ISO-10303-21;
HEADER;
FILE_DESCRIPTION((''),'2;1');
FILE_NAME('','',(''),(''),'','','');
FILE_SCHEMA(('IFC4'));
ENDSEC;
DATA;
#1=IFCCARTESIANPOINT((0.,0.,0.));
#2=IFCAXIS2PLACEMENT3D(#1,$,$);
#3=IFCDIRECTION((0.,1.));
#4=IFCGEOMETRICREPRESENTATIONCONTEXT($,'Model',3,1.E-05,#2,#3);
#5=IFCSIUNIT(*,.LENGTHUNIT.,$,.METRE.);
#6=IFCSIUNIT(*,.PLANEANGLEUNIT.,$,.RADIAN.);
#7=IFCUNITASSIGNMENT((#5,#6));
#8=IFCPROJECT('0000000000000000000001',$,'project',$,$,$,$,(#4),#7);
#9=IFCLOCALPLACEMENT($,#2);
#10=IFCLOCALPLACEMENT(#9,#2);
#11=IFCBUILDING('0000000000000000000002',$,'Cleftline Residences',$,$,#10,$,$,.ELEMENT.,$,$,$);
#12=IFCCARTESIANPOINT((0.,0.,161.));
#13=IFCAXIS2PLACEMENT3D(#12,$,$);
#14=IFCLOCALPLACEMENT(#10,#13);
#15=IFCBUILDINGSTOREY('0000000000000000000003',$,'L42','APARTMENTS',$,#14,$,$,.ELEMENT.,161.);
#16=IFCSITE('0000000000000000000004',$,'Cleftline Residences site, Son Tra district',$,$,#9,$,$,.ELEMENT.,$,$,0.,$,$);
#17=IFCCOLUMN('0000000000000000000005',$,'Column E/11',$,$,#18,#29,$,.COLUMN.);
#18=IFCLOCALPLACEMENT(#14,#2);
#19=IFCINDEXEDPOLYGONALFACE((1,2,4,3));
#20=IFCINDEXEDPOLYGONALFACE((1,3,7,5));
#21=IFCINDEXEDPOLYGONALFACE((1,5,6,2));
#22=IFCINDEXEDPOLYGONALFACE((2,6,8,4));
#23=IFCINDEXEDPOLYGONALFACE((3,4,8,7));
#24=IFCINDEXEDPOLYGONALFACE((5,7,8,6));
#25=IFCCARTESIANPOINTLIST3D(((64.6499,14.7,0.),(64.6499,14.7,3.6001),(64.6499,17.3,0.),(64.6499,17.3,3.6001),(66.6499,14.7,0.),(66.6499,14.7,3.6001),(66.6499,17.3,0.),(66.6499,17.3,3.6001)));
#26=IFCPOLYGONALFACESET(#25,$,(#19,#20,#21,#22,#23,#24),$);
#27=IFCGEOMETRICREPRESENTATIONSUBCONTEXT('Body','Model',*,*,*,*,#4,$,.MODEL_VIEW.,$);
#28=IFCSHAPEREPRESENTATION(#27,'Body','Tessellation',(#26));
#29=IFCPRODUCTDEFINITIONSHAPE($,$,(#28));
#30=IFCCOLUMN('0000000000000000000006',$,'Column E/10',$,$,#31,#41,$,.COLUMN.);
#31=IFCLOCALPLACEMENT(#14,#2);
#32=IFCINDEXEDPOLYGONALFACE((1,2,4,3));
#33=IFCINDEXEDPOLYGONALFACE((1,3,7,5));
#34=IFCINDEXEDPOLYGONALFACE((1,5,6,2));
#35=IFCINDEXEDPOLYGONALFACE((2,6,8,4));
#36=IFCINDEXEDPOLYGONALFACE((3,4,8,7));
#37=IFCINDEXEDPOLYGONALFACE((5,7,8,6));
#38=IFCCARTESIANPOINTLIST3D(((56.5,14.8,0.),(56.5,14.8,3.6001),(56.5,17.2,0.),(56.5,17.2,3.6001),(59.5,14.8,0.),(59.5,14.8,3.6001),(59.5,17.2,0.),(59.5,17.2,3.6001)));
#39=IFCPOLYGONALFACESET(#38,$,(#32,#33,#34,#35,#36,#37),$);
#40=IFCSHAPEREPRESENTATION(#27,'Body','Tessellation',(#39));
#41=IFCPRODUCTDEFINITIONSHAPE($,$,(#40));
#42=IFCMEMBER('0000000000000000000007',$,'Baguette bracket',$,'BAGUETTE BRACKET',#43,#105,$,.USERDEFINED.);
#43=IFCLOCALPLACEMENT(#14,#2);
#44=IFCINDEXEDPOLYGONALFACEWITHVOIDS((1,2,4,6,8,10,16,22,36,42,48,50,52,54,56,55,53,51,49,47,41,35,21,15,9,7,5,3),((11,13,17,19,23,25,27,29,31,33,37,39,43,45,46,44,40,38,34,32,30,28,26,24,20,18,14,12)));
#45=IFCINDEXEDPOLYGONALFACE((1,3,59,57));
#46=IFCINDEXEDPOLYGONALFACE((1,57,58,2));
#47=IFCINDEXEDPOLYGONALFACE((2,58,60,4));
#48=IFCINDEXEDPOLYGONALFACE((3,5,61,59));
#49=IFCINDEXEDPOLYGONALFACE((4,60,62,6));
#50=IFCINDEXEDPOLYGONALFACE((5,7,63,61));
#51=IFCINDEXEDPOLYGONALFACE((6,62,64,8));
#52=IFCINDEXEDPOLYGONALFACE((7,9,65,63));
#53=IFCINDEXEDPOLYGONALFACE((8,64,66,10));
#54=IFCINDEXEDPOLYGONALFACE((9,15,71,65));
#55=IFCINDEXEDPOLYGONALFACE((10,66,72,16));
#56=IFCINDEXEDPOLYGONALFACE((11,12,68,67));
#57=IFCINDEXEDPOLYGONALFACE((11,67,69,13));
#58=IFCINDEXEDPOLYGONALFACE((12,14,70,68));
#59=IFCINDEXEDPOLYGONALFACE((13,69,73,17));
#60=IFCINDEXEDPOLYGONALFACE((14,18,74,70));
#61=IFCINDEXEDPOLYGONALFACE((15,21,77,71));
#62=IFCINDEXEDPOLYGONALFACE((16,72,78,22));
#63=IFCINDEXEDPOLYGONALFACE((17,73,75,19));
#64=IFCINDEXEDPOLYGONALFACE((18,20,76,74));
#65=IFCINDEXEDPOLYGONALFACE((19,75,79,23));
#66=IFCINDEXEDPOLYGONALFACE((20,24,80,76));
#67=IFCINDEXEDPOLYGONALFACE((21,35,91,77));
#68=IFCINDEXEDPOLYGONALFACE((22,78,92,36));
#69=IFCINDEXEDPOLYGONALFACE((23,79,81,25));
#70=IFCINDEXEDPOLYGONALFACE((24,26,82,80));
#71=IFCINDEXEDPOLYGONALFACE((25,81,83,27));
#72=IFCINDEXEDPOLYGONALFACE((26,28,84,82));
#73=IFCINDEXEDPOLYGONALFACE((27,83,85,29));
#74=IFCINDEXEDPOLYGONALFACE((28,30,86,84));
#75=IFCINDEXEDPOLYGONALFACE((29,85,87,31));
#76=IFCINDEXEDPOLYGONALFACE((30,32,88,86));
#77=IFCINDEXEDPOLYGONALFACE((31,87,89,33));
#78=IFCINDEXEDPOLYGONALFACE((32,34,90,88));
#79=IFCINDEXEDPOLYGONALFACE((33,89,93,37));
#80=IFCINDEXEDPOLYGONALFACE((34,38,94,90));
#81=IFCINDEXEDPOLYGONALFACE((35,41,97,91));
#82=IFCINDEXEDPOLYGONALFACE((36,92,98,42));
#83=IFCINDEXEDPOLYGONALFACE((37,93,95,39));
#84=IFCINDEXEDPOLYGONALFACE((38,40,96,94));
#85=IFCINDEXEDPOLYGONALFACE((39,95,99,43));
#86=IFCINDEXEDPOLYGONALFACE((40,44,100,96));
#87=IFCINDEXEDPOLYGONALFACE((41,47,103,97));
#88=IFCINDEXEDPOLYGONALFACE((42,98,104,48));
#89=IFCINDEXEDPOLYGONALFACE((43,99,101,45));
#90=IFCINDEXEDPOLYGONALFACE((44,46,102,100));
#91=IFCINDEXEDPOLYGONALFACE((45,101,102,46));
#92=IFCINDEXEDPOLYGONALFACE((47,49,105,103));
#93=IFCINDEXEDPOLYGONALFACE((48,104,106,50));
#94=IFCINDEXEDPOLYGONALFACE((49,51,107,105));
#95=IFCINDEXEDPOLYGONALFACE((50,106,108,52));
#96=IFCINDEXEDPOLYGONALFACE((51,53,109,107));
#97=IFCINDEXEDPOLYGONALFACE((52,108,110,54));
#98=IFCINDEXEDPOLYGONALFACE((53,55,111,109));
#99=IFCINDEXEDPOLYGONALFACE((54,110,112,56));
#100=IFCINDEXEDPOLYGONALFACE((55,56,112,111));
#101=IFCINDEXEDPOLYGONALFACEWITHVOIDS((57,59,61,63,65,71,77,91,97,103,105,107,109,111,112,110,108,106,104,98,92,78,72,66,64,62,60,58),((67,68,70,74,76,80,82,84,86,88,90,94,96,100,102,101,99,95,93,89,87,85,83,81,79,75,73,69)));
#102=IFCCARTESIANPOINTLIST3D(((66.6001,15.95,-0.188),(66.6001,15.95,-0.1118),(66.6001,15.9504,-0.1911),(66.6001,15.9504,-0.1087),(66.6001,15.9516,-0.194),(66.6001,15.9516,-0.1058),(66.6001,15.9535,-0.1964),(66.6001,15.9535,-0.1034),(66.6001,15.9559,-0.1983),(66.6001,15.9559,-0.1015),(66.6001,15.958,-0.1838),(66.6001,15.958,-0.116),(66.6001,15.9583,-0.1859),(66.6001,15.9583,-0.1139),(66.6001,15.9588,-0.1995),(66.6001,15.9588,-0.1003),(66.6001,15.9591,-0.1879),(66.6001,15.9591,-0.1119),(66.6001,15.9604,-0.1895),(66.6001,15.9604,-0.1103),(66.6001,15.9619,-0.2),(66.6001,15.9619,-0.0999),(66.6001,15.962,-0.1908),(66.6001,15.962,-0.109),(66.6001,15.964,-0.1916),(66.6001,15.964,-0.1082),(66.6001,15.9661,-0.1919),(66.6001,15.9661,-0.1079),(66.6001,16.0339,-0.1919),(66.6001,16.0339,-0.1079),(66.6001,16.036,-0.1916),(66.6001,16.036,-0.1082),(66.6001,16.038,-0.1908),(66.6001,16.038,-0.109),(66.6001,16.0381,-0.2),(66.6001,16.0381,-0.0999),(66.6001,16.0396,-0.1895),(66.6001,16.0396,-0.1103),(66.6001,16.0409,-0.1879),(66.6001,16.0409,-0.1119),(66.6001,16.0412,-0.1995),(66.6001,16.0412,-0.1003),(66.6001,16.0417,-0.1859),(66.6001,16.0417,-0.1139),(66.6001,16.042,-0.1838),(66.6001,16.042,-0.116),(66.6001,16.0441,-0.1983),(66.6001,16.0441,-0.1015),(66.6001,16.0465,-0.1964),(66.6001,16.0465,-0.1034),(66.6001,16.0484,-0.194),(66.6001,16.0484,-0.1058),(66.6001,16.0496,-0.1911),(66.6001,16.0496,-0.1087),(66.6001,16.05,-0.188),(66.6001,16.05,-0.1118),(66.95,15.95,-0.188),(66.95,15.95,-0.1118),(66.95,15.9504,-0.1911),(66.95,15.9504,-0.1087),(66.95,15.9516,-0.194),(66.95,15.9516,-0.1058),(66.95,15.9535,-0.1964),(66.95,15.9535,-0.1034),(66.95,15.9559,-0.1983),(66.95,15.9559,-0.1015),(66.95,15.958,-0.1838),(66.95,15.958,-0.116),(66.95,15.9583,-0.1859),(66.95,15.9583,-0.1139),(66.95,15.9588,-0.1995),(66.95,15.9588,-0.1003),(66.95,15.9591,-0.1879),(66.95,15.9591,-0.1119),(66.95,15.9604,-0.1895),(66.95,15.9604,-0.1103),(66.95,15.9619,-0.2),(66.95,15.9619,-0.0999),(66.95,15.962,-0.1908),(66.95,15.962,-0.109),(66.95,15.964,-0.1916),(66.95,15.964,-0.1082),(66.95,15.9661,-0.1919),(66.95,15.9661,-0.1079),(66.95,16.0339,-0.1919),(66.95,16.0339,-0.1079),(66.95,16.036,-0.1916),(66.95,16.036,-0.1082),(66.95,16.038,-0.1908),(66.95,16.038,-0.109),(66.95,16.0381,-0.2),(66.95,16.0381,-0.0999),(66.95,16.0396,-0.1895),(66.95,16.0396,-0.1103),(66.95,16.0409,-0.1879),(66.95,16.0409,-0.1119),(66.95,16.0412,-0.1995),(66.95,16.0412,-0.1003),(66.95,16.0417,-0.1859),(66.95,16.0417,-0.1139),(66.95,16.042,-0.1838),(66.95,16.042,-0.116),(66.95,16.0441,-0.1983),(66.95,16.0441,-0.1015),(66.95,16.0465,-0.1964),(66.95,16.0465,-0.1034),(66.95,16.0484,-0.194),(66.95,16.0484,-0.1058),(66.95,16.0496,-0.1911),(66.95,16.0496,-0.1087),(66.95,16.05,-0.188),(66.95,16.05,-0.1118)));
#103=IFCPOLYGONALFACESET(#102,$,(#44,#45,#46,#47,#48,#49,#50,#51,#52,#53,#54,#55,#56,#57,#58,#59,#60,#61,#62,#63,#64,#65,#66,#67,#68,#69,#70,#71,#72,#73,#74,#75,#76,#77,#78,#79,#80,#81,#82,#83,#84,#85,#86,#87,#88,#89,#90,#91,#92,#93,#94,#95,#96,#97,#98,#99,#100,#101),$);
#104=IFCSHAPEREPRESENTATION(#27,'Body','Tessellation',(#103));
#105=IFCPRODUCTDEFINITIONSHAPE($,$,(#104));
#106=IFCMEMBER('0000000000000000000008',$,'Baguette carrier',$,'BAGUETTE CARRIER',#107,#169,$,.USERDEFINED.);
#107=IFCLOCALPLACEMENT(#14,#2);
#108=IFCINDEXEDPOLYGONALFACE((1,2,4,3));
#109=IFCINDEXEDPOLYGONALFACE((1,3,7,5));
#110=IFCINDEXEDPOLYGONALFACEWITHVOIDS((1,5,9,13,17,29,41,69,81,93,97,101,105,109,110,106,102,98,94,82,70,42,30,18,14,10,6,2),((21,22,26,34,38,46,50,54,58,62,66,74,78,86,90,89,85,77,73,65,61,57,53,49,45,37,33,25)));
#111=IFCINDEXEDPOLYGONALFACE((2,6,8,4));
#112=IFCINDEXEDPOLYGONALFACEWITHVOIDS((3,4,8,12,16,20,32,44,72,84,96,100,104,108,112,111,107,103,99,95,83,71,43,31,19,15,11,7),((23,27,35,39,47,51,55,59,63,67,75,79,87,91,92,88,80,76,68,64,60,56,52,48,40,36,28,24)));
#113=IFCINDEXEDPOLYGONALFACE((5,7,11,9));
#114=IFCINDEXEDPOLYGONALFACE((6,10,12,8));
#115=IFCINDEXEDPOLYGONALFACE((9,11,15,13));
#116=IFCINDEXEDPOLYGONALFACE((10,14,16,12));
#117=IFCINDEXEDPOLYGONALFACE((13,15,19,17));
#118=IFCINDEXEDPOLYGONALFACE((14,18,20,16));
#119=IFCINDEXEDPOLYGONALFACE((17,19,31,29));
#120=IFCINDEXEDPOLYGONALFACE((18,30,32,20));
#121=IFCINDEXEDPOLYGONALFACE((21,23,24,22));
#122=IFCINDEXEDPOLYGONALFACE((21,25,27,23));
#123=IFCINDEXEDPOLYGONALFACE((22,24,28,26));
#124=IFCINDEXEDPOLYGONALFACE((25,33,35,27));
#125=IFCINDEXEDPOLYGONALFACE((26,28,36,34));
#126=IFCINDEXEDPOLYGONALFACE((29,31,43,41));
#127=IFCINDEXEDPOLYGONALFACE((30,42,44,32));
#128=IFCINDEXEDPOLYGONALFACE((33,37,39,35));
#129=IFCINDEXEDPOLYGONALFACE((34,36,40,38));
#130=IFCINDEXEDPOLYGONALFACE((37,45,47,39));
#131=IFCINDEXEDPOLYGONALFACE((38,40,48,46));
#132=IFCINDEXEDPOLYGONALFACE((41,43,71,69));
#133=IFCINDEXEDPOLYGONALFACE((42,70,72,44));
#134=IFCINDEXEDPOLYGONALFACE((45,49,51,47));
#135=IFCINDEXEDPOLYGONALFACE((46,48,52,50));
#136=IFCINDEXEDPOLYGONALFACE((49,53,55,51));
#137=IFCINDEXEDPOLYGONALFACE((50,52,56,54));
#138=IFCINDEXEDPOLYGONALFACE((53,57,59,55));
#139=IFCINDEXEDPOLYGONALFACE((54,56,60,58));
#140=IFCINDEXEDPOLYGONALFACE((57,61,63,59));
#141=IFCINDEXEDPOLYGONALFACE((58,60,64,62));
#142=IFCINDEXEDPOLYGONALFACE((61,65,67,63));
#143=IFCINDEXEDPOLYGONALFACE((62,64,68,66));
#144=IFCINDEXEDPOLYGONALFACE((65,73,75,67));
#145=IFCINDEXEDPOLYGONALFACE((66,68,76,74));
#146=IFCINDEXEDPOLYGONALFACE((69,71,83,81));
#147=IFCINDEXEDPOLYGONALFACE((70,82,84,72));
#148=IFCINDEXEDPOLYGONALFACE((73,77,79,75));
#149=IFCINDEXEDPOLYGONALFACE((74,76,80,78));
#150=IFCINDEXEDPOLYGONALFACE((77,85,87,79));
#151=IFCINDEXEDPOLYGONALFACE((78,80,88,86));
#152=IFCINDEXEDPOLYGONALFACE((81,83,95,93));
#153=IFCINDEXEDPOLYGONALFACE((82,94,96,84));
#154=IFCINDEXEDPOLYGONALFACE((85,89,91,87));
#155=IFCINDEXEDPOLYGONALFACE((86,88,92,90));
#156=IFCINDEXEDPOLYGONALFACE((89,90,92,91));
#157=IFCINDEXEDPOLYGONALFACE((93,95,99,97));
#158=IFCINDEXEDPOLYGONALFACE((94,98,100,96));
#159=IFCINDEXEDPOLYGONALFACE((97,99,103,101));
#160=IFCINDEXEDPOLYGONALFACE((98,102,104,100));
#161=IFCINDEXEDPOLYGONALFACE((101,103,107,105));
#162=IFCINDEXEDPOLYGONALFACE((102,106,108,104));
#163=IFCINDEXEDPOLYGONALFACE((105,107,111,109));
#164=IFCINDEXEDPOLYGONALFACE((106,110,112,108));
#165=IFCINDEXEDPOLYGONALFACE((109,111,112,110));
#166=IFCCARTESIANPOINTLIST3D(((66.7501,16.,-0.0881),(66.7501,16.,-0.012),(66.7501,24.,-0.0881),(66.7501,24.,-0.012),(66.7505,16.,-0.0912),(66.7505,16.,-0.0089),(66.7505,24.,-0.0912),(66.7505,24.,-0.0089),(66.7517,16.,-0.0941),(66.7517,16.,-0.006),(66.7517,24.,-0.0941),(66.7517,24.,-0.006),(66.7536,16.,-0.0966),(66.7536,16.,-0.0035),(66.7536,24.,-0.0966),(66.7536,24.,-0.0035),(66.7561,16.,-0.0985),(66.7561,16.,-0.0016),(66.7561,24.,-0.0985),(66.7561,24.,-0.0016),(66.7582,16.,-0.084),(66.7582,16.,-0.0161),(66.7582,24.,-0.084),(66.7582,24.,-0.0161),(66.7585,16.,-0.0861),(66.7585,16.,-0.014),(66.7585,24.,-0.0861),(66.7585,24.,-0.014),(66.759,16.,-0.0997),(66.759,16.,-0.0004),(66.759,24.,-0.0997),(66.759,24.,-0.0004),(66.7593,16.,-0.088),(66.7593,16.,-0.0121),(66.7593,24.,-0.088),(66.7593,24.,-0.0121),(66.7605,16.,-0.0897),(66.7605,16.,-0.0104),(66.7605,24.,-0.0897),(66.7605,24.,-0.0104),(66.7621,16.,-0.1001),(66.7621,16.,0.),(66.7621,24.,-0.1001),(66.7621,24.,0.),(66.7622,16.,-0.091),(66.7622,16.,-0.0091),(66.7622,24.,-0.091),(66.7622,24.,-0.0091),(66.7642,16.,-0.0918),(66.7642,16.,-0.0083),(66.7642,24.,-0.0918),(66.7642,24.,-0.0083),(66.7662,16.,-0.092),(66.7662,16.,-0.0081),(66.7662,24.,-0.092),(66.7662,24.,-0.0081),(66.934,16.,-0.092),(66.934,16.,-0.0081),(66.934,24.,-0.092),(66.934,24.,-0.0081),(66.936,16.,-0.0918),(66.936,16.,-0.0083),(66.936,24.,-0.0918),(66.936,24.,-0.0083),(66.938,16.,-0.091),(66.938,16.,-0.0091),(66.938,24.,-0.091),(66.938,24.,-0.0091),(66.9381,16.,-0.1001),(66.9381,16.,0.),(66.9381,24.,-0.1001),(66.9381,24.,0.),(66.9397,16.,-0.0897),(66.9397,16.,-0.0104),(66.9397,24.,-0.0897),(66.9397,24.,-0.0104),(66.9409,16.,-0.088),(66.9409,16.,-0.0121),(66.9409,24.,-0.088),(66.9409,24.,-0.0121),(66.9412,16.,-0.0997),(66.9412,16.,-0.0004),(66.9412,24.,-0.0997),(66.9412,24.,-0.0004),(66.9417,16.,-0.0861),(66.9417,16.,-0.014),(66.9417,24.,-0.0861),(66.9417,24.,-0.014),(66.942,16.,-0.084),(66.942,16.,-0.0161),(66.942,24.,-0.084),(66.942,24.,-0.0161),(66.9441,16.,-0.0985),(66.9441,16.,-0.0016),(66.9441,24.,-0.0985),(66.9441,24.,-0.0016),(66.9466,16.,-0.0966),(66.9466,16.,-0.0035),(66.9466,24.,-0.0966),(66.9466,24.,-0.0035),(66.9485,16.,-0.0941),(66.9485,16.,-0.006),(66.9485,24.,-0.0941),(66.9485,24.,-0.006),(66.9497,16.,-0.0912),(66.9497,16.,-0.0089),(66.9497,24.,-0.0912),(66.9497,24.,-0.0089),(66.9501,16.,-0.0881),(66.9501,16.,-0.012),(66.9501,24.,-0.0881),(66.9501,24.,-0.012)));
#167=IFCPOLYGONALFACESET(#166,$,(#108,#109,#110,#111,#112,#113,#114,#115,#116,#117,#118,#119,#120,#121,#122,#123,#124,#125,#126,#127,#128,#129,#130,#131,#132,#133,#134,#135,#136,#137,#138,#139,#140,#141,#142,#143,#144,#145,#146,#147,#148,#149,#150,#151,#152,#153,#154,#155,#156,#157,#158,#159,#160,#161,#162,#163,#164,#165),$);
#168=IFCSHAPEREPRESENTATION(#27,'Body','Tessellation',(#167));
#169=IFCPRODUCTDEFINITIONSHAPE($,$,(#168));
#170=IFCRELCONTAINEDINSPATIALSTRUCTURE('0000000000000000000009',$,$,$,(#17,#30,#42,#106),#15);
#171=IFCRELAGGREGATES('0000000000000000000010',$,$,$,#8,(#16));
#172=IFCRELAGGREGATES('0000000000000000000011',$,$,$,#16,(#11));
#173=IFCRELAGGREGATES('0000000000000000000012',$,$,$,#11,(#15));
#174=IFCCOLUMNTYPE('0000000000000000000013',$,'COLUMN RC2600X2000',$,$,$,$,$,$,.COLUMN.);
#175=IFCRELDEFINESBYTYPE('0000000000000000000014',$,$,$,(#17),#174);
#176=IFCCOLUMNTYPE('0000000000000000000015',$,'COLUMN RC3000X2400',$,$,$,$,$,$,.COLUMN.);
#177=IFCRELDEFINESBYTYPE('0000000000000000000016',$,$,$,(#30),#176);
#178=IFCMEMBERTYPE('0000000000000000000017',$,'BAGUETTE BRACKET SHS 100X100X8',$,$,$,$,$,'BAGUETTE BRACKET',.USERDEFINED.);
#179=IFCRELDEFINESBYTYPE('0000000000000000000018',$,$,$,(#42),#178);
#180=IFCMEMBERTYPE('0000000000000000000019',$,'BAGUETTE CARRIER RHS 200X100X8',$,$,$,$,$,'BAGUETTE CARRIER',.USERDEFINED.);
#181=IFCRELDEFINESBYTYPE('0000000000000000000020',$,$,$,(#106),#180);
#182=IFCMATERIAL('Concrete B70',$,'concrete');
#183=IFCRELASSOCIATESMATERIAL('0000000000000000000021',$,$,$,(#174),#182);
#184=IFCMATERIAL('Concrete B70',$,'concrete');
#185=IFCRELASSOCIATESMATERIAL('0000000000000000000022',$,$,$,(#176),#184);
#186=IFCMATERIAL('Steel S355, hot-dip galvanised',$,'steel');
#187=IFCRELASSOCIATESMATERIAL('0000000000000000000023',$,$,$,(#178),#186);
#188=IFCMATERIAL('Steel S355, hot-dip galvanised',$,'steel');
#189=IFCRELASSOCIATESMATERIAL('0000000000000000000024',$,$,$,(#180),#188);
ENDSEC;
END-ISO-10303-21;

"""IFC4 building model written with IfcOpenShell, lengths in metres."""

from ifc_helpers import new_model, si_unit, direction, frame, origin, origin_2d, place, context, subcontext, project, spatial, rectangle, hollow_rectangle, extrude, material, material_profile, profile_set, type_object, element, save


model = new_model("IFC4")

# Units and contexts
model_context = context("Model", 3, precision=1e-05, world=origin(), true_north=direction((0.0, 1.0)))
body_context = subcontext(model_context, "Body", "Model", "MODEL_VIEW")
ifc_project = project(units=[si_unit("LENGTHUNIT", "METRE"), si_unit("PLANEANGLEUNIT", "RADIAN")], contexts=[model_context])

# Site, building, storey
site_placement = place(None, origin())
site = spatial("IfcSite", under=ifc_project, at=site_placement, Name="Cleftline Residences site, Son Tra district", CompositionType="ELEMENT", RefElevation=0.0)
building_placement = place(site_placement, origin())
building = spatial("IfcBuilding", under=site, at=building_placement, Name="Cleftline Residences", CompositionType="ELEMENT")
storey_placement = place(building_placement, frame((0.0, 0.0, 161.0)))
storey = spatial("IfcBuildingStorey", under=building, at=storey_placement, Name="L42", Description="APARTMENTS", CompositionType="ELEMENT", Elevation=161.0)

# Columns
ifc_material_1 = material(Name="Concrete B70", Category="concrete")
ifc_material_profile_1 = material_profile(ifc_material_1, rectangle(XDim=2.6001, YDim=2.0, at=origin_2d()))
ifc_profile_set_1 = profile_set([ifc_material_profile_1], Name="Concrete B70")
column_type_1 = type_object("IfcColumnType", Name="COLUMN RC2600X2000", PredefinedType="COLUMN", material=ifc_profile_set_1)
column_1_placement = place(storey_placement, frame((65.6499, 16.0, 0.0), z_axis=(0.0, 0.0, 1.0), x_axis=(0.0, 1.0, 0.0)))
element("IfcColumn", 1, at=column_1_placement, inside=storey, type_object=column_type_1, Name="Column E/11", PredefinedType="COLUMN", context=body_context, shape_type="SweptSolid", body=[
    extrude(rectangle(XDim=2.6001, YDim=2.0, at=origin_2d()), origin(), (0.0, 0.0, 1.0), 3.6001),
])
ifc_material_2 = material(Name="Concrete B70", Category="concrete")
ifc_material_profile_2 = material_profile(ifc_material_2, rectangle(XDim=3.0, YDim=2.3999, at=origin_2d()))
ifc_profile_set_2 = profile_set([ifc_material_profile_2], Name="Concrete B70")
column_type_2 = type_object("IfcColumnType", Name="COLUMN RC3000X2400", PredefinedType="COLUMN", material=ifc_profile_set_2)
column_2_placement = place(storey_placement, frame((58.0, 16.0, 0.0), z_axis=(0.0, 0.0, 1.0), x_axis=(1.0, 0.0, 0.0)))
element("IfcColumn", 2, at=column_2_placement, inside=storey, type_object=column_type_2, Name="Column E/10", PredefinedType="COLUMN", context=body_context, shape_type="SweptSolid", body=[
    extrude(rectangle(XDim=3.0, YDim=2.3999, at=origin_2d()), origin(), (0.0, 0.0, 1.0), 3.6001),
])

# Members
ifc_material_3 = material(Name="Steel S355, hot-dip galvanised", Category="steel")
ifc_material_profile_3 = material_profile(ifc_material_3, hollow_rectangle(XDim=0.1001, YDim=0.1001, WallThickness=0.0081, InnerFilletRadius=0.0081, OuterFilletRadius=0.012, at=origin_2d()))
ifc_profile_set_3 = profile_set([ifc_material_profile_3], Name="Steel S355, hot-dip galvanised")
member_type_1 = type_object("IfcMemberType", Name="BAGUETTE BRACKET SHS 100X100X8", ElementType="BAGUETTE BRACKET", PredefinedType="USERDEFINED", material=ifc_profile_set_3)
member_1_placement = place(storey_placement, frame((66.6001, 16.0, -0.1499), z_axis=(1.0, 0.0, 0.0), x_axis=(0.0, 1.0, 0.0)))
element("IfcMember", 3, at=member_1_placement, inside=storey, type_object=member_type_1, Name="Baguette bracket", ObjectType="BAGUETTE BRACKET", PredefinedType="USERDEFINED", context=body_context, shape_type="SweptSolid", body=[
    extrude(hollow_rectangle(XDim=0.1001, YDim=0.1001, WallThickness=0.0081, InnerFilletRadius=0.0081, OuterFilletRadius=0.012, at=origin_2d()), origin(), (0.0, 0.0, 1.0), 0.3499),
])
ifc_material_4 = material(Name="Steel S355, hot-dip galvanised", Category="steel")
ifc_material_profile_4 = material_profile(ifc_material_4, hollow_rectangle(XDim=0.1001, YDim=0.2, WallThickness=0.0081, InnerFilletRadius=0.0081, OuterFilletRadius=0.012, at=origin_2d()))
ifc_profile_set_4 = profile_set([ifc_material_profile_4], Name="Steel S355, hot-dip galvanised")
member_type_2 = type_object("IfcMemberType", Name="BAGUETTE CARRIER RHS 200X100X8", ElementType="BAGUETTE CARRIER", PredefinedType="USERDEFINED", material=ifc_profile_set_4)
member_2_placement = place(storey_placement, frame((66.8501, 16.0, -0.05), z_axis=(0.0, 1.0, 0.0), x_axis=(0.0, 0.0, 1.0)))
element("IfcMember", 4, at=member_2_placement, inside=storey, type_object=member_type_2, Name="Baguette carrier", ObjectType="BAGUETTE CARRIER", PredefinedType="USERDEFINED", context=body_context, shape_type="SweptSolid", body=[
    extrude(hollow_rectangle(XDim=0.1001, YDim=0.2, WallThickness=0.0081, InnerFilletRadius=0.0081, OuterFilletRadius=0.012, at=origin_2d()), origin(), (0.0, 0.0, 1.0), 8.0),
])

save(model, "model.ifc")
